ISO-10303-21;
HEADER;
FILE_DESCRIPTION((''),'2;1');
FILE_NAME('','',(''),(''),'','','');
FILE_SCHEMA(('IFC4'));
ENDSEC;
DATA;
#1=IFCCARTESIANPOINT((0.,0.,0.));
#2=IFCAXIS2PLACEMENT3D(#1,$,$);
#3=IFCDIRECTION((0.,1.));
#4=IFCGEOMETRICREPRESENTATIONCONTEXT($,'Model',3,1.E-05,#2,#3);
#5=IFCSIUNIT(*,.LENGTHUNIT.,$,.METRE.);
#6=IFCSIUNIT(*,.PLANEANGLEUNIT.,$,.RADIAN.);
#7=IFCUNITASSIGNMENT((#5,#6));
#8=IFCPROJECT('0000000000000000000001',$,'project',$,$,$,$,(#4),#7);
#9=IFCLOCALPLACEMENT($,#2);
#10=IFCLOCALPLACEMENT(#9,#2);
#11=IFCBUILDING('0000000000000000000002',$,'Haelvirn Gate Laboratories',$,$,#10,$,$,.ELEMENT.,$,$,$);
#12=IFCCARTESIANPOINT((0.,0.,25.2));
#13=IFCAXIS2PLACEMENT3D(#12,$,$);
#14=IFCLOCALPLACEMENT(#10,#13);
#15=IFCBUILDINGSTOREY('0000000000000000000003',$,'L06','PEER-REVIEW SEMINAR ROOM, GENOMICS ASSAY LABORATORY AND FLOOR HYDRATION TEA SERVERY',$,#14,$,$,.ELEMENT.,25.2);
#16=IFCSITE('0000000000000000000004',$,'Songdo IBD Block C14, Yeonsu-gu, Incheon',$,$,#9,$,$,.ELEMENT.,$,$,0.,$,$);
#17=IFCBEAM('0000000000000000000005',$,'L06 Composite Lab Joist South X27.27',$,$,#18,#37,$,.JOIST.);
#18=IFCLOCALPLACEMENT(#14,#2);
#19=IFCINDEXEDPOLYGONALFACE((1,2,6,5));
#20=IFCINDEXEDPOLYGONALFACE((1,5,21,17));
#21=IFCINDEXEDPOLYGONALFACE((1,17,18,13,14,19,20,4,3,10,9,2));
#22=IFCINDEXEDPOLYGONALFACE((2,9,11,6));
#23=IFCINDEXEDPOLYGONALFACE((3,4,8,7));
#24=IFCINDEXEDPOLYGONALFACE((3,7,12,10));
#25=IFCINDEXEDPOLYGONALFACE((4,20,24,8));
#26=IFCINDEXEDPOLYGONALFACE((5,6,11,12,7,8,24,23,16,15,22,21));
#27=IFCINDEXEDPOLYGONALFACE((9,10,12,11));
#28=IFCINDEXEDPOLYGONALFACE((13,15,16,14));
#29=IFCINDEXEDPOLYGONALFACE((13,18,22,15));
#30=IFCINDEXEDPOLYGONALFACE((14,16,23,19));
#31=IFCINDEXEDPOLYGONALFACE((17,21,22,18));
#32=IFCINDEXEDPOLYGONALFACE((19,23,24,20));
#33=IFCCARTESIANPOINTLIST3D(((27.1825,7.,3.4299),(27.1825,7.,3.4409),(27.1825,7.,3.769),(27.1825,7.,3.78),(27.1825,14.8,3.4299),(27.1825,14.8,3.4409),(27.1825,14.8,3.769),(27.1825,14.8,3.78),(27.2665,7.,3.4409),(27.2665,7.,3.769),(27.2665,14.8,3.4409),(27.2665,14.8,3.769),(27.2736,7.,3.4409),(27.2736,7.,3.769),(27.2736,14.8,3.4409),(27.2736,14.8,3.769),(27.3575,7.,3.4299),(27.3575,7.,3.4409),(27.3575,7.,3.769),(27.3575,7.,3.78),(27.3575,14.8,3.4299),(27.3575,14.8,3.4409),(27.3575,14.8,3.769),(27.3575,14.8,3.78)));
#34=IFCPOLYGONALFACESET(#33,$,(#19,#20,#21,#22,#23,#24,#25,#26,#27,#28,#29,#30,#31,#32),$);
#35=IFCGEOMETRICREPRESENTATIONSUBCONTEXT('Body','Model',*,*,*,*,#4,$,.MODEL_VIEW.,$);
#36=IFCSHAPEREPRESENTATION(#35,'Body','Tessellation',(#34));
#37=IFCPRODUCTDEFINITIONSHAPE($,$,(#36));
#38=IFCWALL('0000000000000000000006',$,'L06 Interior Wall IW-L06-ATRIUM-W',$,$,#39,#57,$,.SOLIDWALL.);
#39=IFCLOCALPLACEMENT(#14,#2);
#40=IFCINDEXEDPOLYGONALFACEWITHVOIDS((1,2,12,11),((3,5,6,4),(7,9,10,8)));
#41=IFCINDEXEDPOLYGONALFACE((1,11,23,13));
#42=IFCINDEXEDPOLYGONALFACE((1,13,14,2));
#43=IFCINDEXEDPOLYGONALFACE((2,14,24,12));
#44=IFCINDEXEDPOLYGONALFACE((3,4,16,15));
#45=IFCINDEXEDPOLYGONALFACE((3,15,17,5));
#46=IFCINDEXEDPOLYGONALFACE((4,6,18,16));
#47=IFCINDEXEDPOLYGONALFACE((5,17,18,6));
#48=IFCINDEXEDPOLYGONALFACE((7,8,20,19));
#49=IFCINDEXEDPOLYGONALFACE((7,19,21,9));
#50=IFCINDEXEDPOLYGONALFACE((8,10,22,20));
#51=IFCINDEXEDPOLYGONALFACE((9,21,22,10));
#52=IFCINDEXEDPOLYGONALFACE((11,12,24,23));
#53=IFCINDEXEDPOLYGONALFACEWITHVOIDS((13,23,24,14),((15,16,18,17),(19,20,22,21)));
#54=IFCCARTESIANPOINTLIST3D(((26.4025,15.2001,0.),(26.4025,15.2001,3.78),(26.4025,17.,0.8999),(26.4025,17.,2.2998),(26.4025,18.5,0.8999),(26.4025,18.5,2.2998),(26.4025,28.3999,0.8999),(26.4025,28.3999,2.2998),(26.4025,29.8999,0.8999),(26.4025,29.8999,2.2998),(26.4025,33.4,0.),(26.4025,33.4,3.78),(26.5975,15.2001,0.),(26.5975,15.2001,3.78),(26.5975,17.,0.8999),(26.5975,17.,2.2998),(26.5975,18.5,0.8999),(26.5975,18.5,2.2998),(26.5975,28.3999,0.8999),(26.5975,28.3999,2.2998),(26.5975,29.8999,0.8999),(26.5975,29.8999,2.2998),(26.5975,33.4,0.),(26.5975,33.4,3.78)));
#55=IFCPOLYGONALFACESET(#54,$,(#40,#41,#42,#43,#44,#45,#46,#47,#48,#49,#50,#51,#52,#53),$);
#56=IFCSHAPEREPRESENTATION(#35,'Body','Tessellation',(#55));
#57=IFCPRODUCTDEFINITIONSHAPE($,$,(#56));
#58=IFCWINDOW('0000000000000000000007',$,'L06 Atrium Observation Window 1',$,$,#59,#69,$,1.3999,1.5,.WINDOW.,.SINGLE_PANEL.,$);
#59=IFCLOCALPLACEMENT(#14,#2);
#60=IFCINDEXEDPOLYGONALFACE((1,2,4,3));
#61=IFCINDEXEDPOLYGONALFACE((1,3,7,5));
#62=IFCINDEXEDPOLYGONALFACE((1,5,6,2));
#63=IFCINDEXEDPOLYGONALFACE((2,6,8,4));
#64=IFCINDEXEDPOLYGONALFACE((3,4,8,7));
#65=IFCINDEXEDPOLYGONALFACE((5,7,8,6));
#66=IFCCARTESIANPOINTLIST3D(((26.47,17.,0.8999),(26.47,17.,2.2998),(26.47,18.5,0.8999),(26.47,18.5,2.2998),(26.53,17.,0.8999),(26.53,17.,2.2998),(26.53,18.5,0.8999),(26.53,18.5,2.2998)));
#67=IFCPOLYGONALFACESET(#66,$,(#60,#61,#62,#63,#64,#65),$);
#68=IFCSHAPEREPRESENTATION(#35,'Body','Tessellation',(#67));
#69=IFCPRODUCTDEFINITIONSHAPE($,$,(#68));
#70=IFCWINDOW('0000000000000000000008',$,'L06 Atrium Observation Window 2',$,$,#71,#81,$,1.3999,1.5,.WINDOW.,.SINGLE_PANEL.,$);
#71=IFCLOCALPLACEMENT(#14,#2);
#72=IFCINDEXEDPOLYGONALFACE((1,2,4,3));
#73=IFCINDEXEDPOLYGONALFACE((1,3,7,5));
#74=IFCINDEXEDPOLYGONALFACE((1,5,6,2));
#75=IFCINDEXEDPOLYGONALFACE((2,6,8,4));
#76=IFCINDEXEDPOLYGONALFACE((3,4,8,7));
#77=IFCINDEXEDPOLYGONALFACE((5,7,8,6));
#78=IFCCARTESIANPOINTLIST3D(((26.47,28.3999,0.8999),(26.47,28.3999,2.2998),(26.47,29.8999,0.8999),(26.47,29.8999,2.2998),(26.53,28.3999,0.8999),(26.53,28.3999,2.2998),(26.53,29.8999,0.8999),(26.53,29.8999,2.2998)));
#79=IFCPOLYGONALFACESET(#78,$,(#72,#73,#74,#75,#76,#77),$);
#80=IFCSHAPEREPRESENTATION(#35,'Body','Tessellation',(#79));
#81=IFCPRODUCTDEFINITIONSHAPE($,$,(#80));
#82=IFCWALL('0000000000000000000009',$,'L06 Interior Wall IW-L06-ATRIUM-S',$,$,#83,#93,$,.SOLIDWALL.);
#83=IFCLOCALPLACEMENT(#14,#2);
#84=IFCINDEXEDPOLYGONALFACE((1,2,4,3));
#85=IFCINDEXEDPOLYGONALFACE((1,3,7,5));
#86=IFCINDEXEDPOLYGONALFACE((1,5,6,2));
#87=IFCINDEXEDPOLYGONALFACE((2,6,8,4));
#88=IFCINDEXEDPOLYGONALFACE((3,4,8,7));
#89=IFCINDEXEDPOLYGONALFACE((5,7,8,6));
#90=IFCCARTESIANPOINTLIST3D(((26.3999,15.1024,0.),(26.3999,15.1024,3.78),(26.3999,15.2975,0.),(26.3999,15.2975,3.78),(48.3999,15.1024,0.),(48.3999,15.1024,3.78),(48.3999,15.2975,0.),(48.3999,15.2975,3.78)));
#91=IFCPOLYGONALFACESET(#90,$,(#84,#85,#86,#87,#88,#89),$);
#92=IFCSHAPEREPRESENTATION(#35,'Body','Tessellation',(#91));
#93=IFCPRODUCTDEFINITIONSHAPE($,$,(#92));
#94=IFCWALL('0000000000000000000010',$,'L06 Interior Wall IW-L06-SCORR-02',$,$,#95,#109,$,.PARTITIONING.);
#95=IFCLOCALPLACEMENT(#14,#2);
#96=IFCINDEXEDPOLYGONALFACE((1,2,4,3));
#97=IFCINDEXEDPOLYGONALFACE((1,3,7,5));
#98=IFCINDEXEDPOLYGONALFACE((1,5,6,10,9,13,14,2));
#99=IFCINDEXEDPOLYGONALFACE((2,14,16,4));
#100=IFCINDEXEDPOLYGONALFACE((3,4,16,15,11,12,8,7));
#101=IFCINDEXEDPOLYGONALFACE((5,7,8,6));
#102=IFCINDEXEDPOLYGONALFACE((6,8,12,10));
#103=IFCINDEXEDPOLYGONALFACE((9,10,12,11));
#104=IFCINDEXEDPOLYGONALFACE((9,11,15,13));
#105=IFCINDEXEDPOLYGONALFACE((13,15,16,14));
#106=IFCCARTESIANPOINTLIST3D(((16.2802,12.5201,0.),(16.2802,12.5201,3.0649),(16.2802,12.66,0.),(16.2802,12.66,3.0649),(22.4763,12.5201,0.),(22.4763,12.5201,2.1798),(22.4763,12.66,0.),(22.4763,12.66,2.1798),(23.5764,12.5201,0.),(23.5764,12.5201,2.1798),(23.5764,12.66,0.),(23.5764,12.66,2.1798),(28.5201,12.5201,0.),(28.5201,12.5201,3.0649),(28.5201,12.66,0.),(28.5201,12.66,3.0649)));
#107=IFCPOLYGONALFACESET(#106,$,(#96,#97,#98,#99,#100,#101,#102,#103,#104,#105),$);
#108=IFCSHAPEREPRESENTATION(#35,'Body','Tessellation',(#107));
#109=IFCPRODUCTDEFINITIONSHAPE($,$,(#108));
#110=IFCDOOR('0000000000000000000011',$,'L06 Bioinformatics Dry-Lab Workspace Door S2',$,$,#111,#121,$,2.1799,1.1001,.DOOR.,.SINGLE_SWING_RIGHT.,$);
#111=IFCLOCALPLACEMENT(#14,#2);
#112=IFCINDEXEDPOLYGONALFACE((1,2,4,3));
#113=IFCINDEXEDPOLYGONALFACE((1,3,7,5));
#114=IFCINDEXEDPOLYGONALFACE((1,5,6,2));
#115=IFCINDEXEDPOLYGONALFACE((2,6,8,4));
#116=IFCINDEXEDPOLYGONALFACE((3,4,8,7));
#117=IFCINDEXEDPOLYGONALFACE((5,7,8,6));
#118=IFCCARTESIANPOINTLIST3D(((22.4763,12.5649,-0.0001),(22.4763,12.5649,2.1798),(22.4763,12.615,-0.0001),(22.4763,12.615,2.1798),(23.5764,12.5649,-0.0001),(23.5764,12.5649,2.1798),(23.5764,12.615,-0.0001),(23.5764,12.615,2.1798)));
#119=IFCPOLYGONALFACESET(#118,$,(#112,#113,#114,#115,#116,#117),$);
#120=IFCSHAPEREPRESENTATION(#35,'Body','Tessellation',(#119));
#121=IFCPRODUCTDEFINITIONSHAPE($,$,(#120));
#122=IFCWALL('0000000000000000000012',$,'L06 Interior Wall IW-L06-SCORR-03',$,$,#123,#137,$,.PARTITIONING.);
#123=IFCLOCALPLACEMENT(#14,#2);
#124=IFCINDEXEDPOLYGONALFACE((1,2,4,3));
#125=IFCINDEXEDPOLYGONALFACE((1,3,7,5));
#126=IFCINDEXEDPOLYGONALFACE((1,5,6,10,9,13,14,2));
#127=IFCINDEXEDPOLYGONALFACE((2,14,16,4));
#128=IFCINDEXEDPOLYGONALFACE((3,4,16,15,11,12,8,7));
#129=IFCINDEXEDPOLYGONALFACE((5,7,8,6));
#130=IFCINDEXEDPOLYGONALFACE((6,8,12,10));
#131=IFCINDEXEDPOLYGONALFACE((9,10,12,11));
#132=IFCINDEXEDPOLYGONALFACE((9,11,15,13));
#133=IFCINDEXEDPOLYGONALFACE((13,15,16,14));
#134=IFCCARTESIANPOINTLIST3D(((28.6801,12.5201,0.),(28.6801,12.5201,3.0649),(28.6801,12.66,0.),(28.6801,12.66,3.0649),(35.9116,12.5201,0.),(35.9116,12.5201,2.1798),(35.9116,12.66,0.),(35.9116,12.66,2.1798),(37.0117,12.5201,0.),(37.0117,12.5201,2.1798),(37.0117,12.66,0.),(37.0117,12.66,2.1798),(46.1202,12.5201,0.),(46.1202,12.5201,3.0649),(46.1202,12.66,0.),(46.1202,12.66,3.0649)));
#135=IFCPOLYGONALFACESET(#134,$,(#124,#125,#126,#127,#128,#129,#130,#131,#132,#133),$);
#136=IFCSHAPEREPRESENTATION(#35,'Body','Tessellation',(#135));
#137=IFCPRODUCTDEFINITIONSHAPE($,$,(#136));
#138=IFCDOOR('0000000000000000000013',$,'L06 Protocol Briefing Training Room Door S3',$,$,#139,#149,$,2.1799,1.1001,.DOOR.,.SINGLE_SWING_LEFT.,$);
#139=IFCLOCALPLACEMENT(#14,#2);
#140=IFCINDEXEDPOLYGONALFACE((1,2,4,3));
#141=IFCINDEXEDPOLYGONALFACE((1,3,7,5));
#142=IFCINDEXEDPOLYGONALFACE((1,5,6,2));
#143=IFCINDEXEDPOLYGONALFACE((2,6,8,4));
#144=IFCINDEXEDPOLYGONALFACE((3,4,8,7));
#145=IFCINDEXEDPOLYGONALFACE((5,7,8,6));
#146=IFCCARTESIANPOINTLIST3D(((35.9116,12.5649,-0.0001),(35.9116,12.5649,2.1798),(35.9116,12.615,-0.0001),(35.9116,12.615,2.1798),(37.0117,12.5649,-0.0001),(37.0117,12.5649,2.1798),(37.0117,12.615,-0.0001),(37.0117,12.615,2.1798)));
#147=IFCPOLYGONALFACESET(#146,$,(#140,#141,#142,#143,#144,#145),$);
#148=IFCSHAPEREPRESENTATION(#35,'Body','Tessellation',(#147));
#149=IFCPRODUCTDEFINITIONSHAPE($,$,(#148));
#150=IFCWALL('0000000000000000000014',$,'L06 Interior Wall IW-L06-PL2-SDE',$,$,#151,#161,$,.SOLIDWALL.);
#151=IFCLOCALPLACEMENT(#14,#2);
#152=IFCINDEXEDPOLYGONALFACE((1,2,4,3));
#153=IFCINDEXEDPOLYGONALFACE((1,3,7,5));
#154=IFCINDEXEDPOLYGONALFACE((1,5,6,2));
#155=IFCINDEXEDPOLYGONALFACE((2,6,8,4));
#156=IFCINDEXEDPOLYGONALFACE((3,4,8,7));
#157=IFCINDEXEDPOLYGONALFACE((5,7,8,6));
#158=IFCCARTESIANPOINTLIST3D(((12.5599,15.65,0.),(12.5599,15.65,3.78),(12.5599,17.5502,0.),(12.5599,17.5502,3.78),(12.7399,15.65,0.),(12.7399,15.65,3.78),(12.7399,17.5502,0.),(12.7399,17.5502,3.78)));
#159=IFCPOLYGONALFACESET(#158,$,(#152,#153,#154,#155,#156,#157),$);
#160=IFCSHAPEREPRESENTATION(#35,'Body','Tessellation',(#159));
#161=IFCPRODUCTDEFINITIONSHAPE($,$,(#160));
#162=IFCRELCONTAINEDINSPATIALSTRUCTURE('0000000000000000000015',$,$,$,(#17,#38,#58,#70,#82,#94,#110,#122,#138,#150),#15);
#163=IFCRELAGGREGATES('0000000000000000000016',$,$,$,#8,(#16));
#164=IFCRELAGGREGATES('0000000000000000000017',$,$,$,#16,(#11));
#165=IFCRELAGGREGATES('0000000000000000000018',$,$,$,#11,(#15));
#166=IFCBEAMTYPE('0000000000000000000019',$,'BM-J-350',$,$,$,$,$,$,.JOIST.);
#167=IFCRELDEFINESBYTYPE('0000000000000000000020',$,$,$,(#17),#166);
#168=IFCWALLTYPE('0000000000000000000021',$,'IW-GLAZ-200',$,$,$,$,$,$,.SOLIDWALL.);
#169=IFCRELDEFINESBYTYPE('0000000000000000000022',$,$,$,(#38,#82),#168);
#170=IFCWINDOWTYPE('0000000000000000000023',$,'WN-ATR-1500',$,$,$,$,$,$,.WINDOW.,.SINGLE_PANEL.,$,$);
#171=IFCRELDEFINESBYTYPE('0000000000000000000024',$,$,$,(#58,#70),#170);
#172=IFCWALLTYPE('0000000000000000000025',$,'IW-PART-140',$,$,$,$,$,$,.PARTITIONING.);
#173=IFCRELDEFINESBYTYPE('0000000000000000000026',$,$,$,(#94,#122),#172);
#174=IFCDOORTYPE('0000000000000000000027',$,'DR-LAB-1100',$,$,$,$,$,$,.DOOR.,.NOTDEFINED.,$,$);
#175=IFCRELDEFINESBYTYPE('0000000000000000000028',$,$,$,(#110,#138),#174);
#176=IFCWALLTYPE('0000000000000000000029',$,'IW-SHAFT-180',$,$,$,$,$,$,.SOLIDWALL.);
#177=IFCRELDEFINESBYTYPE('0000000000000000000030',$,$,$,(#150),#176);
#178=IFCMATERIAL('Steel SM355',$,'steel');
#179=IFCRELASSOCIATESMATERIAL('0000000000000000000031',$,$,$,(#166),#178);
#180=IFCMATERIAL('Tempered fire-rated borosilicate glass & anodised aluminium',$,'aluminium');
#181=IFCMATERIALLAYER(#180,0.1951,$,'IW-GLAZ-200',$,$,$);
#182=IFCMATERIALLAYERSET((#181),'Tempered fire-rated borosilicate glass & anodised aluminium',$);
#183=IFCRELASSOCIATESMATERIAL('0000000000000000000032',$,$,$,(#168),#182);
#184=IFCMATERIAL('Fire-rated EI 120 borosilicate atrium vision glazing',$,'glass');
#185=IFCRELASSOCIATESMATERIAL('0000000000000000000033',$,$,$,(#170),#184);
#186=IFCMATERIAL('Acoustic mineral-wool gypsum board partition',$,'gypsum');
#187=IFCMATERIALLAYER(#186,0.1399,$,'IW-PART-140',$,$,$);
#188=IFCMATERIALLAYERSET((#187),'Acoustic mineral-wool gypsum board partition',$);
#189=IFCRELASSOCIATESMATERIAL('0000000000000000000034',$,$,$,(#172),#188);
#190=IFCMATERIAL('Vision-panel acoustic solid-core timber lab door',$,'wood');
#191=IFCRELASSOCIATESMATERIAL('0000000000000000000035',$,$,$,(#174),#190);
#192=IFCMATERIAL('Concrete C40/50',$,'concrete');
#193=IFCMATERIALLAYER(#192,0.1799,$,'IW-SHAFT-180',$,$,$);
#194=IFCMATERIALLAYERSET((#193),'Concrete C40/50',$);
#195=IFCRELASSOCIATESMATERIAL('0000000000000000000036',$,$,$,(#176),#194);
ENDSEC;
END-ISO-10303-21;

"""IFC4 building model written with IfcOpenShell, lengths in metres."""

from ifc_helpers import new_model, si_unit, direction, frame, frame_2d, origin, origin_2d, place, context, subcontext, project, spatial, rectangle, i_section, extrude, source, transform, mapped, material, layer, layer_set, material_profile, profile_set, type_object, type_shapes, element, fill, save


model = new_model("IFC4")

# Units and contexts
model_context = context("Model", 3, precision=1e-05, world=origin(), true_north=direction((0.0, 1.0)))
body_context = subcontext(model_context, "Body", "Model", "MODEL_VIEW")
ifc_project = project(units=[si_unit("LENGTHUNIT", "METRE"), si_unit("PLANEANGLEUNIT", "RADIAN")], contexts=[model_context])

# Site, building, storey
site_placement = place(None, origin())
site = spatial("IfcSite", under=ifc_project, at=site_placement, Name="Songdo IBD Block C14, Yeonsu-gu, Incheon", CompositionType="ELEMENT", RefElevation=0.0)
building_placement = place(site_placement, origin())
building = spatial("IfcBuilding", under=site, at=building_placement, Name="Haelvirn Gate Laboratories", CompositionType="ELEMENT")
storey_placement = place(building_placement, frame((0.0, 0.0, 25.2)))
storey = spatial("IfcBuildingStorey", under=building, at=storey_placement, Name="L06", Description="PEER-REVIEW SEMINAR ROOM, GENOMICS ASSAY LABORATORY AND FLOOR HYDRATION TEA SERVERY", CompositionType="ELEMENT", Elevation=25.2)

# Beam
ifc_material_1 = material(Name="Steel SM355", Category="steel")
ifc_material_profile_1 = material_profile(ifc_material_1, i_section(OverallWidth=0.175, OverallDepth=0.3501, WebThickness=0.0071, FlangeThickness=0.011, at=origin_2d()), Name="H-350x175x7x11")
ifc_profile_set_1 = profile_set([ifc_material_profile_1], Name="Steel SM355")
beam_type_1 = type_object("IfcBeamType", Name="BM-J-350", PredefinedType="JOIST", material=ifc_profile_set_1)
shared_shape_1 = source(origin(), body_context, "Body", "SweptSolid", [
    extrude(i_section(OverallWidth=0.175, OverallDepth=0.3501, WebThickness=0.0071, FlangeThickness=0.011, at=origin_2d()), origin(), (0.0, 0.0, 1.0), 7.8),
])
type_shapes(beam_type_1, [shared_shape_1])
for number, where, z_axis, x_axis, name in (
    (1, (27.27, 7.0, 3.605), (0.0, 1.0, 0.0), (-1.0, 0.0, 0.0), "L06 Composite Lab Joist South X27.27"),
):
    element("IfcBeam", number, at=place(storey_placement, frame(where, z_axis=z_axis, x_axis=x_axis)), inside=storey, type_object=beam_type_1, Name=name, PredefinedType="JOIST", context=body_context, shape_type="MappedRepresentation", body=[
        mapped(shared_shape_1, transform((0.0, 0.0, 0.0), scale=1.0)),
    ])

# Wall, openings, windows
ifc_material_2 = material(Name="Tempered fire-rated borosilicate glass & anodised aluminium", Category="aluminium")
ifc_layer_1 = layer(ifc_material_2, 0.1951, Name="IW-GLAZ-200")
ifc_layer_set_1 = layer_set([ifc_layer_1], Name="Tempered fire-rated borosilicate glass & anodised aluminium")
wall_type_1 = type_object("IfcWallType", Name="IW-GLAZ-200", PredefinedType="SOLIDWALL", material=ifc_layer_set_1)
wall_1_placement = place(storey_placement, frame((26.5, 15.2, 0.0), z_axis=(0.0, 0.0, 1.0), x_axis=(0.0, 1.0, 0.0)))
wall_1 = element("IfcWall", 2, at=wall_1_placement, inside=storey, type_object=wall_type_1, Name="L06 Interior Wall IW-L06-ATRIUM-W", PredefinedType="SOLIDWALL", context=body_context, shape_type="SweptSolid", body=[
    extrude(rectangle(XDim=18.2, YDim=0.1951, at=frame_2d((9.1001, 0.0))), origin(), (0.0, 0.0, 1.0), 3.78),
])
opening_1_placement = place(wall_1_placement, frame((1.8, 0.0, 0.8999)))
opening_1 = element("IfcOpeningElement", 3, at=opening_1_placement, cuts=wall_1, PredefinedType="OPENING", context=body_context, shape_type="SweptSolid", body=[
    extrude(rectangle(XDim=1.5, YDim=1.3999, at=frame_2d((0.75, 0.7))), frame((0.0, 0.1074, 0.0), z_axis=(0.0, -1.0, 0.0), x_axis=(1.0, 0.0, 0.0)), (0.0, 0.0, 1.0), 0.2151),
])
opening_2_placement = place(wall_1_placement, frame((13.2, 0.0, 0.8999)))
opening_2 = element("IfcOpeningElement", 4, at=opening_2_placement, cuts=wall_1, PredefinedType="OPENING", context=body_context, shape_type="SweptSolid", body=[
    extrude(rectangle(XDim=1.5, YDim=1.3999, at=frame_2d((0.75, 0.7))), frame((0.0, 0.1074, 0.0), z_axis=(0.0, -1.0, 0.0), x_axis=(1.0, 0.0, 0.0)), (0.0, 0.0, 1.0), 0.2151),
])
ifc_material_3 = material(Name="Fire-rated EI 120 borosilicate atrium vision glazing", Category="glass")
window_type = type_object("IfcWindowType", Name="WN-ATR-1500", PartitioningType="SINGLE_PANEL", PredefinedType="WINDOW", material=ifc_material_3)
shared_shape_2 = source(origin(), body_context, "Body", "SweptSolid", [
    extrude(rectangle(XDim=1.5, YDim=1.3999, at=frame_2d((0.75, 0.7))), frame((0.0, 0.03, 0.0), z_axis=(0.0, -1.0, 0.0), x_axis=(1.0, 0.0, 0.0)), (0.0, 0.0, 1.0), 0.0601),
])
type_shapes(window_type, [shared_shape_2])
window_1_placement = place(opening_1_placement, origin())
window_1 = element("IfcWindow", 5, at=window_1_placement, inside=storey, type_object=window_type, Name="L06 Atrium Observation Window 1", OverallHeight=1.3999, OverallWidth=1.5, PartitioningType="SINGLE_PANEL", PredefinedType="WINDOW", context=body_context, shape_type="MappedRepresentation", body=[
    mapped(shared_shape_2, transform((0.0, 0.0, 0.0), scale=1.0)),
])
fill(opening_1, window_1)
window_2_placement = place(opening_2_placement, origin())
window_2 = element("IfcWindow", 6, at=window_2_placement, inside=storey, type_object=window_type, Name="L06 Atrium Observation Window 2", OverallHeight=1.3999, OverallWidth=1.5, PartitioningType="SINGLE_PANEL", PredefinedType="WINDOW", context=body_context, shape_type="MappedRepresentation", body=[
    mapped(shared_shape_2, transform((0.0, 0.0, 0.0), scale=1.0)),
])
fill(opening_2, window_2)

# Wall
wall_2_placement = place(storey_placement, frame((26.3999, 15.2, 0.0), z_axis=(0.0, 0.0, 1.0), x_axis=(1.0, 0.0, 0.0)))
element("IfcWall", 7, at=wall_2_placement, inside=storey, type_object=wall_type_1, Name="L06 Interior Wall IW-L06-ATRIUM-S", PredefinedType="SOLIDWALL", context=body_context, shape_type="SweptSolid", body=[
    extrude(rectangle(XDim=22.0, YDim=0.1951, at=frame_2d((11.0, 0.0))), origin(), (0.0, 0.0, 1.0), 3.78),
])

# Walls, openings, doors
ifc_material_4 = material(Name="Acoustic mineral-wool gypsum board partition", Category="gypsum")
ifc_layer_2 = layer(ifc_material_4, 0.1399, Name="IW-PART-140")
ifc_layer_set_2 = layer_set([ifc_layer_2], Name="Acoustic mineral-wool gypsum board partition")
wall_type_2 = type_object("IfcWallType", Name="IW-PART-140", PredefinedType="PARTITIONING", material=ifc_layer_set_2)
wall_3_placement = place(storey_placement, frame((16.28, 12.5901, 0.0), z_axis=(0.0, 0.0, 1.0), x_axis=(1.0, 0.0, 0.0)))
wall_3 = element("IfcWall", 8, at=wall_3_placement, inside=storey, type_object=wall_type_2, Name="L06 Interior Wall IW-L06-SCORR-02", PredefinedType="PARTITIONING", context=body_context, shape_type="SweptSolid", body=[
    extrude(rectangle(XDim=12.24, YDim=0.1399, at=frame_2d((6.1201, 0.0))), origin(), (0.0, 0.0, 1.0), 3.0649),
])
opening_3_placement = place(wall_3_placement, frame((6.1963, 0.0, 0.0)))
opening_3 = element("IfcOpeningElement", 9, at=opening_3_placement, cuts=wall_3, PredefinedType="OPENING", context=body_context, shape_type="SweptSolid", body=[
    extrude(rectangle(XDim=1.1001, YDim=2.1799, at=frame_2d((0.55, 1.0898))), frame((0.0, 0.0801, 0.0), z_axis=(0.0, -1.0, 0.0), x_axis=(1.0, 0.0, 0.0)), (0.0, 0.0, 1.0), 0.1599),
])
ifc_material_5 = material(Name="Vision-panel acoustic solid-core timber lab door", Category="wood")
door_type_1 = type_object("IfcDoorType", Name="DR-LAB-1100", OperationType="NOTDEFINED", PredefinedType="DOOR", material=ifc_material_5)
shared_shape_3 = source(origin(), body_context, "Body", "SweptSolid", [
    extrude(rectangle(XDim=1.1001, YDim=2.1799, at=frame_2d((0.55, 1.0898))), frame((0.0, 0.0249, 0.0), z_axis=(0.0, -1.0, 0.0), x_axis=(1.0, 0.0, 0.0)), (0.0, 0.0, 1.0), 0.05),
])
type_shapes(door_type_1, [shared_shape_3])
door_1_placement = place(opening_3_placement, origin())
door_1 = element("IfcDoor", 10, at=door_1_placement, inside=storey, type_object=door_type_1, Name="L06 Bioinformatics Dry-Lab Workspace Door S2", OperationType="SINGLE_SWING_RIGHT", OverallHeight=2.1799, OverallWidth=1.1001, PredefinedType="DOOR", context=body_context, shape_type="MappedRepresentation", body=[
    mapped(shared_shape_3, transform((0.0, 0.0, 0.0), scale=1.0)),
])
fill(opening_3, door_1)
wall_4_placement = place(storey_placement, frame((28.6799, 12.5901, 0.0), z_axis=(0.0, 0.0, 1.0), x_axis=(1.0, 0.0, 0.0)))
wall_4 = element("IfcWall", 11, at=wall_4_placement, inside=storey, type_object=wall_type_2, Name="L06 Interior Wall IW-L06-SCORR-03", PredefinedType="PARTITIONING", context=body_context, shape_type="SweptSolid", body=[
    extrude(rectangle(XDim=17.4402, YDim=0.1399, at=frame_2d((8.7202, 0.0))), origin(), (0.0, 0.0, 1.0), 3.0649),
])
opening_4_placement = place(wall_4_placement, frame((7.2317, 0.0, 0.0)))
opening_4 = element("IfcOpeningElement", 12, at=opening_4_placement, cuts=wall_4, PredefinedType="OPENING", context=body_context, shape_type="SweptSolid", body=[
    extrude(rectangle(XDim=1.1001, YDim=2.1799, at=frame_2d((0.55, 1.0898))), frame((0.0, 0.0801, 0.0), z_axis=(0.0, -1.0, 0.0), x_axis=(1.0, 0.0, 0.0)), (0.0, 0.0, 1.0), 0.1599),
])
door_2_placement = place(opening_4_placement, origin())
door_2 = element("IfcDoor", 13, at=door_2_placement, inside=storey, type_object=door_type_1, Name="L06 Protocol Briefing Training Room Door S3", OperationType="SINGLE_SWING_LEFT", OverallHeight=2.1799, OverallWidth=1.1001, PredefinedType="DOOR", context=body_context, shape_type="MappedRepresentation", body=[
    mapped(shared_shape_3, transform((0.0, 0.0, 0.0), scale=1.0)),
])
fill(opening_4, door_2)

# Wall
ifc_material_6 = material(Name="Concrete C40/50", Category="concrete")
ifc_layer_3 = layer(ifc_material_6, 0.1799, Name="IW-SHAFT-180")
ifc_layer_set_3 = layer_set([ifc_layer_3], Name="Concrete C40/50")
wall_type_3 = type_object("IfcWallType", Name="IW-SHAFT-180", PredefinedType="SOLIDWALL", material=ifc_layer_set_3)
for number, where, z_axis, x_axis, name in (
    (14, (12.6499, 15.6499, 0.0), (0.0, 0.0, 1.0), (0.0, 1.0, 0.0), "L06 Interior Wall IW-L06-PL2-SDE"),
):
    element("IfcWall", number, at=place(storey_placement, frame(where, z_axis=z_axis, x_axis=x_axis)), inside=storey, type_object=wall_type_3, Name=name, PredefinedType="SOLIDWALL", context=body_context, shape_type="SweptSolid", body=[
        extrude(rectangle(XDim=1.9001, YDim=0.1799, at=frame_2d((0.9502, 0.0))), origin(), (0.0, 0.0, 1.0), 3.78),
    ])

save(model, "model.ifc")
